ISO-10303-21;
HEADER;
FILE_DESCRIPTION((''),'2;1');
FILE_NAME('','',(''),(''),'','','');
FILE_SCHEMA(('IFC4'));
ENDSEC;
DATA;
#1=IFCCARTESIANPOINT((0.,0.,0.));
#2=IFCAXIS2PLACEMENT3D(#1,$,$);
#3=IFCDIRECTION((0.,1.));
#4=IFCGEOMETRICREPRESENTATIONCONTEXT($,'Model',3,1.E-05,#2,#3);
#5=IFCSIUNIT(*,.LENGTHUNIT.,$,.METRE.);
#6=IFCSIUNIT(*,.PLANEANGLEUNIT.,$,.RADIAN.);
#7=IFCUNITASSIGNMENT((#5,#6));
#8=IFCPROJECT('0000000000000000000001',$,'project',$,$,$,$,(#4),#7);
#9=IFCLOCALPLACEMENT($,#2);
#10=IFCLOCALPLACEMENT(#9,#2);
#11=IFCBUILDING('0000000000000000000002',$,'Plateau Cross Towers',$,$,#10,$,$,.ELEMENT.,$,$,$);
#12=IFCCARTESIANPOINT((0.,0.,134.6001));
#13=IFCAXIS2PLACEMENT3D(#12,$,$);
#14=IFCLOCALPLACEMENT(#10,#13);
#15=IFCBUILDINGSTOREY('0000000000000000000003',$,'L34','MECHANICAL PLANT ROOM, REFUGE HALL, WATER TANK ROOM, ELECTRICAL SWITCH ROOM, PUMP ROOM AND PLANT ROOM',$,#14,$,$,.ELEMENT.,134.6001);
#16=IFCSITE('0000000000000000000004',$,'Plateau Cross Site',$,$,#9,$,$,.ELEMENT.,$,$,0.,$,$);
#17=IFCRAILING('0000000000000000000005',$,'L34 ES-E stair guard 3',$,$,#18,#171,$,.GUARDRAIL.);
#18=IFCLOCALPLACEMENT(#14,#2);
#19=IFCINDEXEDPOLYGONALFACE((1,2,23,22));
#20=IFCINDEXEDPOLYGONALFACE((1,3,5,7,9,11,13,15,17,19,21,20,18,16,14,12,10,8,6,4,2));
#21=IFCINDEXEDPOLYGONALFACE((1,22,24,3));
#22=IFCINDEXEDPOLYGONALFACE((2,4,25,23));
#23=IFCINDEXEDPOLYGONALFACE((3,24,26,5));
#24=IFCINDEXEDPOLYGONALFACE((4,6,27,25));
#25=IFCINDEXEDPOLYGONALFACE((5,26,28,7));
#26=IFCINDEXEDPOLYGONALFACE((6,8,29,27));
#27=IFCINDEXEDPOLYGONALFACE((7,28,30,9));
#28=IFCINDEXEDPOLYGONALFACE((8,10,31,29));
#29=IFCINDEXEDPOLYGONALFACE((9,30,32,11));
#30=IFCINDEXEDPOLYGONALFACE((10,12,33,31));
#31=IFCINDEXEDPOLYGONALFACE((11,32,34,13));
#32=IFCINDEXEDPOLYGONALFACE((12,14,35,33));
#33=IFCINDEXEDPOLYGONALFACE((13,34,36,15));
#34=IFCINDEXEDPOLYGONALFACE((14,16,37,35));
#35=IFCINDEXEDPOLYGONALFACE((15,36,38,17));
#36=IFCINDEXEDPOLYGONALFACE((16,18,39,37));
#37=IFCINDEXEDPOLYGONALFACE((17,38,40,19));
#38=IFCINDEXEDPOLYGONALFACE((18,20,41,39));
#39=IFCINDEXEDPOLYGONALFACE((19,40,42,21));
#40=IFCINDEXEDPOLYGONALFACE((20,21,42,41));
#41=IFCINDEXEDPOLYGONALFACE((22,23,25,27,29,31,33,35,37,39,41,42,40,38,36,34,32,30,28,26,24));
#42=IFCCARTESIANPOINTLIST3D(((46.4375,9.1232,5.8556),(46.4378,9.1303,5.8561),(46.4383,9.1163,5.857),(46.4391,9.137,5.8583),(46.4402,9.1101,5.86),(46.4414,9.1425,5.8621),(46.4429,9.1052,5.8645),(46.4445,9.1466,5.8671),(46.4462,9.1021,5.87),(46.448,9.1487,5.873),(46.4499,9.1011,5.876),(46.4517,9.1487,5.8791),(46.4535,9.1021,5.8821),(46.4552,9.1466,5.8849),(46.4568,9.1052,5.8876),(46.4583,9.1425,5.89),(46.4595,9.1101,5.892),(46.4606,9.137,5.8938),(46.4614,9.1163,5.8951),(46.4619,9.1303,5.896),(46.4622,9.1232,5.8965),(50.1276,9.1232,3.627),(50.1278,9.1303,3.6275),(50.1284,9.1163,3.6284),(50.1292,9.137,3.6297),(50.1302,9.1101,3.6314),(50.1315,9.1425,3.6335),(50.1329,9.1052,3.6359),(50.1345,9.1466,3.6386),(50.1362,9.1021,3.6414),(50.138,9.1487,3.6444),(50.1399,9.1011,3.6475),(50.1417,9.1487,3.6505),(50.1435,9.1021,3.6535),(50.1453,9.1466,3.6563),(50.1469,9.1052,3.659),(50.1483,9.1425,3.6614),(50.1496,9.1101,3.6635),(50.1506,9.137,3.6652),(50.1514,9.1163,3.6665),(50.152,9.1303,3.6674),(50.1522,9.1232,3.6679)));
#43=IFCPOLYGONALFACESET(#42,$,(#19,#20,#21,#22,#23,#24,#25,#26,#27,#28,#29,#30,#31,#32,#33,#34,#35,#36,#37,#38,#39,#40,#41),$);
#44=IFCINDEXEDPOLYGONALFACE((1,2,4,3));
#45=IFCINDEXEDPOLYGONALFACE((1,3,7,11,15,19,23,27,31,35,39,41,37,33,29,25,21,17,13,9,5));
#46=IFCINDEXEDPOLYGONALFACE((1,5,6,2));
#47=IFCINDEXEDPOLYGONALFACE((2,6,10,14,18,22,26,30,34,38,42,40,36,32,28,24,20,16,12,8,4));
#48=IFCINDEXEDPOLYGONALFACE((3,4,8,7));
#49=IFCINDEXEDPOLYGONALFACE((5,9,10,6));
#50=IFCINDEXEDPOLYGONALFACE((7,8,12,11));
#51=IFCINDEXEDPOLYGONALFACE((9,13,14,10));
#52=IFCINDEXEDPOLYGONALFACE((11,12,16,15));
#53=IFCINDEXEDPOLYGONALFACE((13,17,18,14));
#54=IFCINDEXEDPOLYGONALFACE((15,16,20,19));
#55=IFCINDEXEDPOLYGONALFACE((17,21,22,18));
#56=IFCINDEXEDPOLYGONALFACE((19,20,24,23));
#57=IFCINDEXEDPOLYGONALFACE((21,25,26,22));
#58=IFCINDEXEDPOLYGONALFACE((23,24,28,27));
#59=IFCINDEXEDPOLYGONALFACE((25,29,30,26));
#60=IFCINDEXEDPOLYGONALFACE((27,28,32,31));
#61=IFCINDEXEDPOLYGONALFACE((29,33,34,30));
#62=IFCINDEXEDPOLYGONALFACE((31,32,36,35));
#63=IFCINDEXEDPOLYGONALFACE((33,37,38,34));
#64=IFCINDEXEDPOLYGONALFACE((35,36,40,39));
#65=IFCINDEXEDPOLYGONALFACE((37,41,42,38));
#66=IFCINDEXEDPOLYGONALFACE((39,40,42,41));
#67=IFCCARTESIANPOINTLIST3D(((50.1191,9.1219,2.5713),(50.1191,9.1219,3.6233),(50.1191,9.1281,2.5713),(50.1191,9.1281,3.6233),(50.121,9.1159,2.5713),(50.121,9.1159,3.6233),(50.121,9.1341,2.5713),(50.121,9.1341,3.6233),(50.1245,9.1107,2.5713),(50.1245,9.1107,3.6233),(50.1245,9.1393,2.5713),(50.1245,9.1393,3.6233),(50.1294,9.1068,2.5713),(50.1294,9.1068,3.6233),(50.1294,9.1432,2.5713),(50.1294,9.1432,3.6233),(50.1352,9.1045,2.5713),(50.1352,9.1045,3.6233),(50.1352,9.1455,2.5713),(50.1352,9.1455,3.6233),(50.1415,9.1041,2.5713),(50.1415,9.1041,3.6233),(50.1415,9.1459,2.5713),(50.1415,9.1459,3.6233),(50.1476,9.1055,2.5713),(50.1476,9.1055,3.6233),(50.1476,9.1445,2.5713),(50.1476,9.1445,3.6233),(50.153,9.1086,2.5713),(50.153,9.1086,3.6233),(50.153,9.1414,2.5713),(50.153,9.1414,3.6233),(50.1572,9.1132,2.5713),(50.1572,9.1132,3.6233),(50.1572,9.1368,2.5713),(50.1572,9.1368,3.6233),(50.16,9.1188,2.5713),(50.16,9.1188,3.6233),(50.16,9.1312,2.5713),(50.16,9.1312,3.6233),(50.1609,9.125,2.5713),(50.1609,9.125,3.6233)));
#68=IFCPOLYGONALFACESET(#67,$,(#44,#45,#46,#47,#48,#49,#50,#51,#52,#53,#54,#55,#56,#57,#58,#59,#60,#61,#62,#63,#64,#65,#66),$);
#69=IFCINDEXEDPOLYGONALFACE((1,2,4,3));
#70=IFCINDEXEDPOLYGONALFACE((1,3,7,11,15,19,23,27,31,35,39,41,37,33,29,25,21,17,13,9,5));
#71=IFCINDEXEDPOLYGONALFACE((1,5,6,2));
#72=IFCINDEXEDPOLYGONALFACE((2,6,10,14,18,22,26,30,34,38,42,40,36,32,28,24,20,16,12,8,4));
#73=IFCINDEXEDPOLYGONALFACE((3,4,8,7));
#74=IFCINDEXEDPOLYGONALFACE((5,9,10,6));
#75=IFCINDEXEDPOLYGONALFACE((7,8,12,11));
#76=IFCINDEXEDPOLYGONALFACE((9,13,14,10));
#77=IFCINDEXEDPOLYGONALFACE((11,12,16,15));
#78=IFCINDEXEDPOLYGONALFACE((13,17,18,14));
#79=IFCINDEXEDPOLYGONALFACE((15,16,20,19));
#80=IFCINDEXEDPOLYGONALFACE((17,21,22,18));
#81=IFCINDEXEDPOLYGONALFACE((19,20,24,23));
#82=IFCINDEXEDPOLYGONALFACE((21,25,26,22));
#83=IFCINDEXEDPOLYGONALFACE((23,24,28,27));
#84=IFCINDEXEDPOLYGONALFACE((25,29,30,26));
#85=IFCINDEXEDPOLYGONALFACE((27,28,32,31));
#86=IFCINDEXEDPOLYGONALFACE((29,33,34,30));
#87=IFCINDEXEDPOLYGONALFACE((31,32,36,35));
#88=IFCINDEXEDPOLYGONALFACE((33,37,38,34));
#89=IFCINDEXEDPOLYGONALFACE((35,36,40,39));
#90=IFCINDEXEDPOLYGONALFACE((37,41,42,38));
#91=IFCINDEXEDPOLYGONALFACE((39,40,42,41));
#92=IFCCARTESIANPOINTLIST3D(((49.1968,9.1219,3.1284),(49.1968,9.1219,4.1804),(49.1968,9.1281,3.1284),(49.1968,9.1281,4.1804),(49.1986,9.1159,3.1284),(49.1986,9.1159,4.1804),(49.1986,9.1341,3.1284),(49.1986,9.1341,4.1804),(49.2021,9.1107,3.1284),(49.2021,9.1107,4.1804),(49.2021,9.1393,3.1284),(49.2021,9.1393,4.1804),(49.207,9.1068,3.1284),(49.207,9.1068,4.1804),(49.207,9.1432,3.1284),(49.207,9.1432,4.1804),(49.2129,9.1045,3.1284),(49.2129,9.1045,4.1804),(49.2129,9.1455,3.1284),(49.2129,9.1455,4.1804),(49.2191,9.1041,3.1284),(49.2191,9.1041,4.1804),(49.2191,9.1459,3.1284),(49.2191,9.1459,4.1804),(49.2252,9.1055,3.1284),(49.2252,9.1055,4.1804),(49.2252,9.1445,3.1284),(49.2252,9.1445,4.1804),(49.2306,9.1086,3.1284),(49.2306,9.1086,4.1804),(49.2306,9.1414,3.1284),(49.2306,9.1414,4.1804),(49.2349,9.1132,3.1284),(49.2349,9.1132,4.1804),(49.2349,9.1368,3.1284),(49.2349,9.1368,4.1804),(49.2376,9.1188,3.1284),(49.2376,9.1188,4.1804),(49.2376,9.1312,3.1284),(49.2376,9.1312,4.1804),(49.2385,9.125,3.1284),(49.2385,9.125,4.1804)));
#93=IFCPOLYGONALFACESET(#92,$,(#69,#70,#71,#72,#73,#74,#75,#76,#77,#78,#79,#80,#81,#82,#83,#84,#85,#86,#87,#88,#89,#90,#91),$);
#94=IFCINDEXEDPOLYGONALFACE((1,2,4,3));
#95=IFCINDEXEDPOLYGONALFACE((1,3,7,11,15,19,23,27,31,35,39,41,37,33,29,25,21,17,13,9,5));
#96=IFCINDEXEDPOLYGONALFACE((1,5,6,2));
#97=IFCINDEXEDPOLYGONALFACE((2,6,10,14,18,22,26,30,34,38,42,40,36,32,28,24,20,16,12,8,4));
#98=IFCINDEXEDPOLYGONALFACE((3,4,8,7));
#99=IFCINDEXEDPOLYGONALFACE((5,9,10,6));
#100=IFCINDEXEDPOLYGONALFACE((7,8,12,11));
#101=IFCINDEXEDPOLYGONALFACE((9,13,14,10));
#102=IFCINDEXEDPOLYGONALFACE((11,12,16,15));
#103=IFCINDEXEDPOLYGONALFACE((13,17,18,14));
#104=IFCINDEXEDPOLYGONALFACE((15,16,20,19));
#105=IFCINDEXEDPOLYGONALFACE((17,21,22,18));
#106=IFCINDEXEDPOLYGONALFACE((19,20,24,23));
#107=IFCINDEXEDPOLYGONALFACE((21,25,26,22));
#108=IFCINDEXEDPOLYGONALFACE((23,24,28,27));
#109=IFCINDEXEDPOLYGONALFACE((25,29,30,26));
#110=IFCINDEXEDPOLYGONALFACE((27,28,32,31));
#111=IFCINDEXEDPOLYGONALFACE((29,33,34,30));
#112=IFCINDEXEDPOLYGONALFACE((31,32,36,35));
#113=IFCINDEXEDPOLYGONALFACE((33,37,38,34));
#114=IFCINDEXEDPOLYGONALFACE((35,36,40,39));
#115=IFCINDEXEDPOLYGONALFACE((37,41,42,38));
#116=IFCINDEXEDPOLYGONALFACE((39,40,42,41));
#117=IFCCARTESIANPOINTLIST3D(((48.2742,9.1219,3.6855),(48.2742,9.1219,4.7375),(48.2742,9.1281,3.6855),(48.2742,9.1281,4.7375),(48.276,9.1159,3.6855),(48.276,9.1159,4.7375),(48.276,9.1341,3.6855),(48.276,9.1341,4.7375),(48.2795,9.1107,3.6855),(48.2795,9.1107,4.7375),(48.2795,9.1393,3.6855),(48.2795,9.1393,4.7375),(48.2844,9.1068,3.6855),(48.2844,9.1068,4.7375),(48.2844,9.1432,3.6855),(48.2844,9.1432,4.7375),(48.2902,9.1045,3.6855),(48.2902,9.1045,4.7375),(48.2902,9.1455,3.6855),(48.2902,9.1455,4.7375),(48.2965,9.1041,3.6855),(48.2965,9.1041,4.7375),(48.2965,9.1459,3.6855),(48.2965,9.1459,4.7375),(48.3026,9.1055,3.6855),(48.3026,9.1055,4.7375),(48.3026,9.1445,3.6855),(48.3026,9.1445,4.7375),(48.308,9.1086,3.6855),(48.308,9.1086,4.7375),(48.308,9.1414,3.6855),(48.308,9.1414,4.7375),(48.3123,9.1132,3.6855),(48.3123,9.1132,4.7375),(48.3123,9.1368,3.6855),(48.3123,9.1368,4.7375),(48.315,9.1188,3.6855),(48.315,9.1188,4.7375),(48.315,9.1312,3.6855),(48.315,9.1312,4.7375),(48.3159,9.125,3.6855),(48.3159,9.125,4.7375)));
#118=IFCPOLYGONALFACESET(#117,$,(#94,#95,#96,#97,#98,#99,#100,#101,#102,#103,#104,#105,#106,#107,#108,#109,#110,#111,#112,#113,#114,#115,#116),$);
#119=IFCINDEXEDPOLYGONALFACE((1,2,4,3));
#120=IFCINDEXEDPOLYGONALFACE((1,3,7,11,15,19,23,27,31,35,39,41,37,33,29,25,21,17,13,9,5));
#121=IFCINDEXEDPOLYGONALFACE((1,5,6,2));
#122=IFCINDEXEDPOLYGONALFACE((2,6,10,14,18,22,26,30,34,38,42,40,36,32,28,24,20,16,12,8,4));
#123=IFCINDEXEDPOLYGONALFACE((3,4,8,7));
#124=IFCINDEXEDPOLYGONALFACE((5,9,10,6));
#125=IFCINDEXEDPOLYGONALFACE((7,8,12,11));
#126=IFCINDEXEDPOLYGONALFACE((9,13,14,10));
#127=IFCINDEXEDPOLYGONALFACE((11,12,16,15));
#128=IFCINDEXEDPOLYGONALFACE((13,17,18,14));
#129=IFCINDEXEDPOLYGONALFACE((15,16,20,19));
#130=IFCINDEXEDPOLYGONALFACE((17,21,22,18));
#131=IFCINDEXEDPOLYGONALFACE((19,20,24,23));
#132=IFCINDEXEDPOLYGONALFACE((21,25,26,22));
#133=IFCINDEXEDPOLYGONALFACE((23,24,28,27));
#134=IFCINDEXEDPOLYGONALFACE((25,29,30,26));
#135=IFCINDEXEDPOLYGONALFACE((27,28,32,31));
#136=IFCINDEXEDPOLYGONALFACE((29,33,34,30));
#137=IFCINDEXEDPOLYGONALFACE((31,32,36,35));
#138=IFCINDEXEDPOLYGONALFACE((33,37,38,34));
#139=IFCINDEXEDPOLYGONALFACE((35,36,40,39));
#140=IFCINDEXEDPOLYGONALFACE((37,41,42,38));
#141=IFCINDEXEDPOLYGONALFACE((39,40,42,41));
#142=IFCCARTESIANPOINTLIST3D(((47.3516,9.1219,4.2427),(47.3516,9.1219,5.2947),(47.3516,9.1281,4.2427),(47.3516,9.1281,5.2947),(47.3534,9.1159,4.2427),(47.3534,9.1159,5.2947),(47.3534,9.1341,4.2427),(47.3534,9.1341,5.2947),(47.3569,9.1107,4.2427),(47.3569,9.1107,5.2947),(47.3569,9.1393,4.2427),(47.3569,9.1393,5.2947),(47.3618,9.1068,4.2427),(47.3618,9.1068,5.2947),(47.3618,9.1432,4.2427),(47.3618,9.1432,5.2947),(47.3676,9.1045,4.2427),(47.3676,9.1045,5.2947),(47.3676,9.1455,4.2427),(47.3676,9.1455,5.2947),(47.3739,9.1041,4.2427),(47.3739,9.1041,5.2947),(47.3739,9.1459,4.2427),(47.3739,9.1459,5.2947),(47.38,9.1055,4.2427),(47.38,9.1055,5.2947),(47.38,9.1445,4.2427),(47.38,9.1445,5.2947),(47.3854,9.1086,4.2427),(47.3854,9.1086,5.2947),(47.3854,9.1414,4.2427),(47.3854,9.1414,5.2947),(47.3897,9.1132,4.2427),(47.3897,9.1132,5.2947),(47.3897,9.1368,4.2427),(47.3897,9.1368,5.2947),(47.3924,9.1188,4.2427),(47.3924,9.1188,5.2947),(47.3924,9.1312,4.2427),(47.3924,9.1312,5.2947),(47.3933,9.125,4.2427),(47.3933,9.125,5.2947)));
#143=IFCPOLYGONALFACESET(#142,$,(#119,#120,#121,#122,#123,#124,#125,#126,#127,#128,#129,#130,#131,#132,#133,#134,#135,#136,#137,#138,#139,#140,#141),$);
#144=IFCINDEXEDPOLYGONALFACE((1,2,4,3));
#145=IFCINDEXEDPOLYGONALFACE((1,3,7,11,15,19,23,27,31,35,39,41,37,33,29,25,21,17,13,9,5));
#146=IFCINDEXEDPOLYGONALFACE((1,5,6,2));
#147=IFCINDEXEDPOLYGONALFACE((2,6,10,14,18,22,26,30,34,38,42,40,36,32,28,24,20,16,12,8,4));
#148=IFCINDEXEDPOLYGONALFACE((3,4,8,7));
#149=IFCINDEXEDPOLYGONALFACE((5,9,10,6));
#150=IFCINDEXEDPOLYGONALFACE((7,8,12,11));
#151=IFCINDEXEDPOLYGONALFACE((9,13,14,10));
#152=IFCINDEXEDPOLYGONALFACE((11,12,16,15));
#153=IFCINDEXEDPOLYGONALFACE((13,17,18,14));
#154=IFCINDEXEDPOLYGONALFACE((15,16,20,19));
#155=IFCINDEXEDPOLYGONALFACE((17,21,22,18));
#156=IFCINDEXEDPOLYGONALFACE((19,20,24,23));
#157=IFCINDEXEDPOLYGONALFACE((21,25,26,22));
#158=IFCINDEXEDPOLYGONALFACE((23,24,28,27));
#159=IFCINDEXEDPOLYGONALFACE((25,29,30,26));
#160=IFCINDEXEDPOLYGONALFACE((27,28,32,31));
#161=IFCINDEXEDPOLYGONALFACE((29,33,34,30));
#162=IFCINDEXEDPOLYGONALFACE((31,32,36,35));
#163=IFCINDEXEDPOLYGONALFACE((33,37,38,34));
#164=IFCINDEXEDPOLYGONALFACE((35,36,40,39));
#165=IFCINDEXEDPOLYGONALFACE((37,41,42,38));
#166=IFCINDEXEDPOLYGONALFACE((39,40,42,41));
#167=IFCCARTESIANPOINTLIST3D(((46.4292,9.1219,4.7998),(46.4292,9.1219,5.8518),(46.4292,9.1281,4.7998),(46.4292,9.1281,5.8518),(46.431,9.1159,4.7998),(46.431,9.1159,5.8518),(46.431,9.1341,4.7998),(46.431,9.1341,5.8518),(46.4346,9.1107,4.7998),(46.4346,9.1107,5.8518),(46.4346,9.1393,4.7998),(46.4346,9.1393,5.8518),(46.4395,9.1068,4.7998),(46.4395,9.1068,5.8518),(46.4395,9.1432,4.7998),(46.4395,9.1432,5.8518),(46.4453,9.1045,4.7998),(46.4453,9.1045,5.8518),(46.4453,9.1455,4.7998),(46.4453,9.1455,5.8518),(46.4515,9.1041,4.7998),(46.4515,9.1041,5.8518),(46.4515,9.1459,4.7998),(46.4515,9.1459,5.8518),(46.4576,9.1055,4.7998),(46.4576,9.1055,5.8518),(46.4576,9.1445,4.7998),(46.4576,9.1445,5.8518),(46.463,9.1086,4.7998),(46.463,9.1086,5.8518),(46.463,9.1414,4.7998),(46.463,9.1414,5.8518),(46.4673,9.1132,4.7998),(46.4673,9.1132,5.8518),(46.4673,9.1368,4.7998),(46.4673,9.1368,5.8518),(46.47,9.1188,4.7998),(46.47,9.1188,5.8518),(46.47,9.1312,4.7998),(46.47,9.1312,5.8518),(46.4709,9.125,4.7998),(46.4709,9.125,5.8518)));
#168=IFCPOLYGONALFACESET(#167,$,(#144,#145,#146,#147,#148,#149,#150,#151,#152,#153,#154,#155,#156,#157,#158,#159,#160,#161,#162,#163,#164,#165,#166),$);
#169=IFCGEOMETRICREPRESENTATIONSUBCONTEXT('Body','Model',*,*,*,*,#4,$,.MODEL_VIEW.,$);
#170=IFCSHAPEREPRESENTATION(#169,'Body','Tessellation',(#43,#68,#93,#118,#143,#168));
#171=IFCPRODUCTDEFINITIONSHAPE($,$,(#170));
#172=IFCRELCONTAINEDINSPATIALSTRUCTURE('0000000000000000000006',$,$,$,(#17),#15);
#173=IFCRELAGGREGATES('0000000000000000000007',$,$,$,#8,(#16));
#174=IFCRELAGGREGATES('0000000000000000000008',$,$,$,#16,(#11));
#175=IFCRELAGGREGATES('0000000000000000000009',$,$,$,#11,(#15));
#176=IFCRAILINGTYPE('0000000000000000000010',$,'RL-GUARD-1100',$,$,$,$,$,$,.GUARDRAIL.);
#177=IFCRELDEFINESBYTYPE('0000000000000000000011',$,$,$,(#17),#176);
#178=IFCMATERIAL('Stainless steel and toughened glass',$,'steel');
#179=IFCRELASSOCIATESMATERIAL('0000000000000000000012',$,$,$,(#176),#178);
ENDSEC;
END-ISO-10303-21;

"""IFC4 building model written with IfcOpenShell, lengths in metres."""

from ifc_helpers import new_model, si_unit, direction, frame, origin, origin_2d, place, context, subcontext, project, spatial, circle, extrude, material, type_object, element, save


model = new_model("IFC4")

# Units and contexts
model_context = context("Model", 3, precision=1e-05, world=origin(), true_north=direction((0.0, 1.0)))
body_context = subcontext(model_context, "Body", "Model", "MODEL_VIEW")
ifc_project = project(units=[si_unit("LENGTHUNIT", "METRE"), si_unit("PLANEANGLEUNIT", "RADIAN")], contexts=[model_context])

# Site, building, storey
site_placement = place(None, origin())
site = spatial("IfcSite", under=ifc_project, at=site_placement, Name="Plateau Cross Site", CompositionType="ELEMENT", RefElevation=0.0)
building_placement = place(site_placement, origin())
building = spatial("IfcBuilding", under=site, at=building_placement, Name="Plateau Cross Towers", CompositionType="ELEMENT")
storey_placement = place(building_placement, frame((0.0, 0.0, 134.6001)))
storey = spatial("IfcBuildingStorey", under=building, at=storey_placement, Name="L34", Description="MECHANICAL PLANT ROOM, REFUGE HALL, WATER TANK ROOM, ELECTRICAL SWITCH ROOM, PUMP ROOM AND PLANT ROOM", CompositionType="ELEMENT", Elevation=134.6001)

# Railing
ifc_material_1 = material(Name="Stainless steel and toughened glass", Category="steel")
railing_type_1 = type_object("IfcRailingType", Name="RL-GUARD-1100", PredefinedType="GUARDRAIL", material=ifc_material_1)
railing_1_placement = place(storey_placement, frame((50.1399, 9.125, 2.5713)))
element("IfcRailing", 1, at=railing_1_placement, inside=storey, type_object=railing_type_1, Name="L34 ES-E stair guard 3", PredefinedType="GUARDRAIL", context=body_context, shape_type="SweptSolid", body=[
    extrude(circle(Radius=0.0239, at=origin_2d()), frame((0.0, 0.0, 1.0762), z_axis=(-0.856, 0.0, 0.516976), x_axis=(0.0, -1.0, 0.0)), (0.0, 0.0, 1.0), 4.3108),
    extrude(circle(Radius=0.021, at=origin_2d()), origin(), (0.0, 0.0, 1.0), 1.052),
    extrude(circle(Radius=0.021, at=origin_2d()), frame((-0.9224, 0.0, 0.5571)), (0.0, 0.0, 1.0), 1.052),
    extrude(circle(Radius=0.021, at=origin_2d()), frame((-1.845, 0.0, 1.1143)), (0.0, 0.0, 1.0), 1.052),
    extrude(circle(Radius=0.021, at=origin_2d()), frame((-2.7676, 0.0, 1.6714)), (0.0, 0.0, 1.0), 1.052),
    extrude(circle(Radius=0.021, at=origin_2d()), frame((-3.6899, 0.0, 2.2285)), (0.0, 0.0, 1.0), 1.052),
])

save(model, "model.ifc")
